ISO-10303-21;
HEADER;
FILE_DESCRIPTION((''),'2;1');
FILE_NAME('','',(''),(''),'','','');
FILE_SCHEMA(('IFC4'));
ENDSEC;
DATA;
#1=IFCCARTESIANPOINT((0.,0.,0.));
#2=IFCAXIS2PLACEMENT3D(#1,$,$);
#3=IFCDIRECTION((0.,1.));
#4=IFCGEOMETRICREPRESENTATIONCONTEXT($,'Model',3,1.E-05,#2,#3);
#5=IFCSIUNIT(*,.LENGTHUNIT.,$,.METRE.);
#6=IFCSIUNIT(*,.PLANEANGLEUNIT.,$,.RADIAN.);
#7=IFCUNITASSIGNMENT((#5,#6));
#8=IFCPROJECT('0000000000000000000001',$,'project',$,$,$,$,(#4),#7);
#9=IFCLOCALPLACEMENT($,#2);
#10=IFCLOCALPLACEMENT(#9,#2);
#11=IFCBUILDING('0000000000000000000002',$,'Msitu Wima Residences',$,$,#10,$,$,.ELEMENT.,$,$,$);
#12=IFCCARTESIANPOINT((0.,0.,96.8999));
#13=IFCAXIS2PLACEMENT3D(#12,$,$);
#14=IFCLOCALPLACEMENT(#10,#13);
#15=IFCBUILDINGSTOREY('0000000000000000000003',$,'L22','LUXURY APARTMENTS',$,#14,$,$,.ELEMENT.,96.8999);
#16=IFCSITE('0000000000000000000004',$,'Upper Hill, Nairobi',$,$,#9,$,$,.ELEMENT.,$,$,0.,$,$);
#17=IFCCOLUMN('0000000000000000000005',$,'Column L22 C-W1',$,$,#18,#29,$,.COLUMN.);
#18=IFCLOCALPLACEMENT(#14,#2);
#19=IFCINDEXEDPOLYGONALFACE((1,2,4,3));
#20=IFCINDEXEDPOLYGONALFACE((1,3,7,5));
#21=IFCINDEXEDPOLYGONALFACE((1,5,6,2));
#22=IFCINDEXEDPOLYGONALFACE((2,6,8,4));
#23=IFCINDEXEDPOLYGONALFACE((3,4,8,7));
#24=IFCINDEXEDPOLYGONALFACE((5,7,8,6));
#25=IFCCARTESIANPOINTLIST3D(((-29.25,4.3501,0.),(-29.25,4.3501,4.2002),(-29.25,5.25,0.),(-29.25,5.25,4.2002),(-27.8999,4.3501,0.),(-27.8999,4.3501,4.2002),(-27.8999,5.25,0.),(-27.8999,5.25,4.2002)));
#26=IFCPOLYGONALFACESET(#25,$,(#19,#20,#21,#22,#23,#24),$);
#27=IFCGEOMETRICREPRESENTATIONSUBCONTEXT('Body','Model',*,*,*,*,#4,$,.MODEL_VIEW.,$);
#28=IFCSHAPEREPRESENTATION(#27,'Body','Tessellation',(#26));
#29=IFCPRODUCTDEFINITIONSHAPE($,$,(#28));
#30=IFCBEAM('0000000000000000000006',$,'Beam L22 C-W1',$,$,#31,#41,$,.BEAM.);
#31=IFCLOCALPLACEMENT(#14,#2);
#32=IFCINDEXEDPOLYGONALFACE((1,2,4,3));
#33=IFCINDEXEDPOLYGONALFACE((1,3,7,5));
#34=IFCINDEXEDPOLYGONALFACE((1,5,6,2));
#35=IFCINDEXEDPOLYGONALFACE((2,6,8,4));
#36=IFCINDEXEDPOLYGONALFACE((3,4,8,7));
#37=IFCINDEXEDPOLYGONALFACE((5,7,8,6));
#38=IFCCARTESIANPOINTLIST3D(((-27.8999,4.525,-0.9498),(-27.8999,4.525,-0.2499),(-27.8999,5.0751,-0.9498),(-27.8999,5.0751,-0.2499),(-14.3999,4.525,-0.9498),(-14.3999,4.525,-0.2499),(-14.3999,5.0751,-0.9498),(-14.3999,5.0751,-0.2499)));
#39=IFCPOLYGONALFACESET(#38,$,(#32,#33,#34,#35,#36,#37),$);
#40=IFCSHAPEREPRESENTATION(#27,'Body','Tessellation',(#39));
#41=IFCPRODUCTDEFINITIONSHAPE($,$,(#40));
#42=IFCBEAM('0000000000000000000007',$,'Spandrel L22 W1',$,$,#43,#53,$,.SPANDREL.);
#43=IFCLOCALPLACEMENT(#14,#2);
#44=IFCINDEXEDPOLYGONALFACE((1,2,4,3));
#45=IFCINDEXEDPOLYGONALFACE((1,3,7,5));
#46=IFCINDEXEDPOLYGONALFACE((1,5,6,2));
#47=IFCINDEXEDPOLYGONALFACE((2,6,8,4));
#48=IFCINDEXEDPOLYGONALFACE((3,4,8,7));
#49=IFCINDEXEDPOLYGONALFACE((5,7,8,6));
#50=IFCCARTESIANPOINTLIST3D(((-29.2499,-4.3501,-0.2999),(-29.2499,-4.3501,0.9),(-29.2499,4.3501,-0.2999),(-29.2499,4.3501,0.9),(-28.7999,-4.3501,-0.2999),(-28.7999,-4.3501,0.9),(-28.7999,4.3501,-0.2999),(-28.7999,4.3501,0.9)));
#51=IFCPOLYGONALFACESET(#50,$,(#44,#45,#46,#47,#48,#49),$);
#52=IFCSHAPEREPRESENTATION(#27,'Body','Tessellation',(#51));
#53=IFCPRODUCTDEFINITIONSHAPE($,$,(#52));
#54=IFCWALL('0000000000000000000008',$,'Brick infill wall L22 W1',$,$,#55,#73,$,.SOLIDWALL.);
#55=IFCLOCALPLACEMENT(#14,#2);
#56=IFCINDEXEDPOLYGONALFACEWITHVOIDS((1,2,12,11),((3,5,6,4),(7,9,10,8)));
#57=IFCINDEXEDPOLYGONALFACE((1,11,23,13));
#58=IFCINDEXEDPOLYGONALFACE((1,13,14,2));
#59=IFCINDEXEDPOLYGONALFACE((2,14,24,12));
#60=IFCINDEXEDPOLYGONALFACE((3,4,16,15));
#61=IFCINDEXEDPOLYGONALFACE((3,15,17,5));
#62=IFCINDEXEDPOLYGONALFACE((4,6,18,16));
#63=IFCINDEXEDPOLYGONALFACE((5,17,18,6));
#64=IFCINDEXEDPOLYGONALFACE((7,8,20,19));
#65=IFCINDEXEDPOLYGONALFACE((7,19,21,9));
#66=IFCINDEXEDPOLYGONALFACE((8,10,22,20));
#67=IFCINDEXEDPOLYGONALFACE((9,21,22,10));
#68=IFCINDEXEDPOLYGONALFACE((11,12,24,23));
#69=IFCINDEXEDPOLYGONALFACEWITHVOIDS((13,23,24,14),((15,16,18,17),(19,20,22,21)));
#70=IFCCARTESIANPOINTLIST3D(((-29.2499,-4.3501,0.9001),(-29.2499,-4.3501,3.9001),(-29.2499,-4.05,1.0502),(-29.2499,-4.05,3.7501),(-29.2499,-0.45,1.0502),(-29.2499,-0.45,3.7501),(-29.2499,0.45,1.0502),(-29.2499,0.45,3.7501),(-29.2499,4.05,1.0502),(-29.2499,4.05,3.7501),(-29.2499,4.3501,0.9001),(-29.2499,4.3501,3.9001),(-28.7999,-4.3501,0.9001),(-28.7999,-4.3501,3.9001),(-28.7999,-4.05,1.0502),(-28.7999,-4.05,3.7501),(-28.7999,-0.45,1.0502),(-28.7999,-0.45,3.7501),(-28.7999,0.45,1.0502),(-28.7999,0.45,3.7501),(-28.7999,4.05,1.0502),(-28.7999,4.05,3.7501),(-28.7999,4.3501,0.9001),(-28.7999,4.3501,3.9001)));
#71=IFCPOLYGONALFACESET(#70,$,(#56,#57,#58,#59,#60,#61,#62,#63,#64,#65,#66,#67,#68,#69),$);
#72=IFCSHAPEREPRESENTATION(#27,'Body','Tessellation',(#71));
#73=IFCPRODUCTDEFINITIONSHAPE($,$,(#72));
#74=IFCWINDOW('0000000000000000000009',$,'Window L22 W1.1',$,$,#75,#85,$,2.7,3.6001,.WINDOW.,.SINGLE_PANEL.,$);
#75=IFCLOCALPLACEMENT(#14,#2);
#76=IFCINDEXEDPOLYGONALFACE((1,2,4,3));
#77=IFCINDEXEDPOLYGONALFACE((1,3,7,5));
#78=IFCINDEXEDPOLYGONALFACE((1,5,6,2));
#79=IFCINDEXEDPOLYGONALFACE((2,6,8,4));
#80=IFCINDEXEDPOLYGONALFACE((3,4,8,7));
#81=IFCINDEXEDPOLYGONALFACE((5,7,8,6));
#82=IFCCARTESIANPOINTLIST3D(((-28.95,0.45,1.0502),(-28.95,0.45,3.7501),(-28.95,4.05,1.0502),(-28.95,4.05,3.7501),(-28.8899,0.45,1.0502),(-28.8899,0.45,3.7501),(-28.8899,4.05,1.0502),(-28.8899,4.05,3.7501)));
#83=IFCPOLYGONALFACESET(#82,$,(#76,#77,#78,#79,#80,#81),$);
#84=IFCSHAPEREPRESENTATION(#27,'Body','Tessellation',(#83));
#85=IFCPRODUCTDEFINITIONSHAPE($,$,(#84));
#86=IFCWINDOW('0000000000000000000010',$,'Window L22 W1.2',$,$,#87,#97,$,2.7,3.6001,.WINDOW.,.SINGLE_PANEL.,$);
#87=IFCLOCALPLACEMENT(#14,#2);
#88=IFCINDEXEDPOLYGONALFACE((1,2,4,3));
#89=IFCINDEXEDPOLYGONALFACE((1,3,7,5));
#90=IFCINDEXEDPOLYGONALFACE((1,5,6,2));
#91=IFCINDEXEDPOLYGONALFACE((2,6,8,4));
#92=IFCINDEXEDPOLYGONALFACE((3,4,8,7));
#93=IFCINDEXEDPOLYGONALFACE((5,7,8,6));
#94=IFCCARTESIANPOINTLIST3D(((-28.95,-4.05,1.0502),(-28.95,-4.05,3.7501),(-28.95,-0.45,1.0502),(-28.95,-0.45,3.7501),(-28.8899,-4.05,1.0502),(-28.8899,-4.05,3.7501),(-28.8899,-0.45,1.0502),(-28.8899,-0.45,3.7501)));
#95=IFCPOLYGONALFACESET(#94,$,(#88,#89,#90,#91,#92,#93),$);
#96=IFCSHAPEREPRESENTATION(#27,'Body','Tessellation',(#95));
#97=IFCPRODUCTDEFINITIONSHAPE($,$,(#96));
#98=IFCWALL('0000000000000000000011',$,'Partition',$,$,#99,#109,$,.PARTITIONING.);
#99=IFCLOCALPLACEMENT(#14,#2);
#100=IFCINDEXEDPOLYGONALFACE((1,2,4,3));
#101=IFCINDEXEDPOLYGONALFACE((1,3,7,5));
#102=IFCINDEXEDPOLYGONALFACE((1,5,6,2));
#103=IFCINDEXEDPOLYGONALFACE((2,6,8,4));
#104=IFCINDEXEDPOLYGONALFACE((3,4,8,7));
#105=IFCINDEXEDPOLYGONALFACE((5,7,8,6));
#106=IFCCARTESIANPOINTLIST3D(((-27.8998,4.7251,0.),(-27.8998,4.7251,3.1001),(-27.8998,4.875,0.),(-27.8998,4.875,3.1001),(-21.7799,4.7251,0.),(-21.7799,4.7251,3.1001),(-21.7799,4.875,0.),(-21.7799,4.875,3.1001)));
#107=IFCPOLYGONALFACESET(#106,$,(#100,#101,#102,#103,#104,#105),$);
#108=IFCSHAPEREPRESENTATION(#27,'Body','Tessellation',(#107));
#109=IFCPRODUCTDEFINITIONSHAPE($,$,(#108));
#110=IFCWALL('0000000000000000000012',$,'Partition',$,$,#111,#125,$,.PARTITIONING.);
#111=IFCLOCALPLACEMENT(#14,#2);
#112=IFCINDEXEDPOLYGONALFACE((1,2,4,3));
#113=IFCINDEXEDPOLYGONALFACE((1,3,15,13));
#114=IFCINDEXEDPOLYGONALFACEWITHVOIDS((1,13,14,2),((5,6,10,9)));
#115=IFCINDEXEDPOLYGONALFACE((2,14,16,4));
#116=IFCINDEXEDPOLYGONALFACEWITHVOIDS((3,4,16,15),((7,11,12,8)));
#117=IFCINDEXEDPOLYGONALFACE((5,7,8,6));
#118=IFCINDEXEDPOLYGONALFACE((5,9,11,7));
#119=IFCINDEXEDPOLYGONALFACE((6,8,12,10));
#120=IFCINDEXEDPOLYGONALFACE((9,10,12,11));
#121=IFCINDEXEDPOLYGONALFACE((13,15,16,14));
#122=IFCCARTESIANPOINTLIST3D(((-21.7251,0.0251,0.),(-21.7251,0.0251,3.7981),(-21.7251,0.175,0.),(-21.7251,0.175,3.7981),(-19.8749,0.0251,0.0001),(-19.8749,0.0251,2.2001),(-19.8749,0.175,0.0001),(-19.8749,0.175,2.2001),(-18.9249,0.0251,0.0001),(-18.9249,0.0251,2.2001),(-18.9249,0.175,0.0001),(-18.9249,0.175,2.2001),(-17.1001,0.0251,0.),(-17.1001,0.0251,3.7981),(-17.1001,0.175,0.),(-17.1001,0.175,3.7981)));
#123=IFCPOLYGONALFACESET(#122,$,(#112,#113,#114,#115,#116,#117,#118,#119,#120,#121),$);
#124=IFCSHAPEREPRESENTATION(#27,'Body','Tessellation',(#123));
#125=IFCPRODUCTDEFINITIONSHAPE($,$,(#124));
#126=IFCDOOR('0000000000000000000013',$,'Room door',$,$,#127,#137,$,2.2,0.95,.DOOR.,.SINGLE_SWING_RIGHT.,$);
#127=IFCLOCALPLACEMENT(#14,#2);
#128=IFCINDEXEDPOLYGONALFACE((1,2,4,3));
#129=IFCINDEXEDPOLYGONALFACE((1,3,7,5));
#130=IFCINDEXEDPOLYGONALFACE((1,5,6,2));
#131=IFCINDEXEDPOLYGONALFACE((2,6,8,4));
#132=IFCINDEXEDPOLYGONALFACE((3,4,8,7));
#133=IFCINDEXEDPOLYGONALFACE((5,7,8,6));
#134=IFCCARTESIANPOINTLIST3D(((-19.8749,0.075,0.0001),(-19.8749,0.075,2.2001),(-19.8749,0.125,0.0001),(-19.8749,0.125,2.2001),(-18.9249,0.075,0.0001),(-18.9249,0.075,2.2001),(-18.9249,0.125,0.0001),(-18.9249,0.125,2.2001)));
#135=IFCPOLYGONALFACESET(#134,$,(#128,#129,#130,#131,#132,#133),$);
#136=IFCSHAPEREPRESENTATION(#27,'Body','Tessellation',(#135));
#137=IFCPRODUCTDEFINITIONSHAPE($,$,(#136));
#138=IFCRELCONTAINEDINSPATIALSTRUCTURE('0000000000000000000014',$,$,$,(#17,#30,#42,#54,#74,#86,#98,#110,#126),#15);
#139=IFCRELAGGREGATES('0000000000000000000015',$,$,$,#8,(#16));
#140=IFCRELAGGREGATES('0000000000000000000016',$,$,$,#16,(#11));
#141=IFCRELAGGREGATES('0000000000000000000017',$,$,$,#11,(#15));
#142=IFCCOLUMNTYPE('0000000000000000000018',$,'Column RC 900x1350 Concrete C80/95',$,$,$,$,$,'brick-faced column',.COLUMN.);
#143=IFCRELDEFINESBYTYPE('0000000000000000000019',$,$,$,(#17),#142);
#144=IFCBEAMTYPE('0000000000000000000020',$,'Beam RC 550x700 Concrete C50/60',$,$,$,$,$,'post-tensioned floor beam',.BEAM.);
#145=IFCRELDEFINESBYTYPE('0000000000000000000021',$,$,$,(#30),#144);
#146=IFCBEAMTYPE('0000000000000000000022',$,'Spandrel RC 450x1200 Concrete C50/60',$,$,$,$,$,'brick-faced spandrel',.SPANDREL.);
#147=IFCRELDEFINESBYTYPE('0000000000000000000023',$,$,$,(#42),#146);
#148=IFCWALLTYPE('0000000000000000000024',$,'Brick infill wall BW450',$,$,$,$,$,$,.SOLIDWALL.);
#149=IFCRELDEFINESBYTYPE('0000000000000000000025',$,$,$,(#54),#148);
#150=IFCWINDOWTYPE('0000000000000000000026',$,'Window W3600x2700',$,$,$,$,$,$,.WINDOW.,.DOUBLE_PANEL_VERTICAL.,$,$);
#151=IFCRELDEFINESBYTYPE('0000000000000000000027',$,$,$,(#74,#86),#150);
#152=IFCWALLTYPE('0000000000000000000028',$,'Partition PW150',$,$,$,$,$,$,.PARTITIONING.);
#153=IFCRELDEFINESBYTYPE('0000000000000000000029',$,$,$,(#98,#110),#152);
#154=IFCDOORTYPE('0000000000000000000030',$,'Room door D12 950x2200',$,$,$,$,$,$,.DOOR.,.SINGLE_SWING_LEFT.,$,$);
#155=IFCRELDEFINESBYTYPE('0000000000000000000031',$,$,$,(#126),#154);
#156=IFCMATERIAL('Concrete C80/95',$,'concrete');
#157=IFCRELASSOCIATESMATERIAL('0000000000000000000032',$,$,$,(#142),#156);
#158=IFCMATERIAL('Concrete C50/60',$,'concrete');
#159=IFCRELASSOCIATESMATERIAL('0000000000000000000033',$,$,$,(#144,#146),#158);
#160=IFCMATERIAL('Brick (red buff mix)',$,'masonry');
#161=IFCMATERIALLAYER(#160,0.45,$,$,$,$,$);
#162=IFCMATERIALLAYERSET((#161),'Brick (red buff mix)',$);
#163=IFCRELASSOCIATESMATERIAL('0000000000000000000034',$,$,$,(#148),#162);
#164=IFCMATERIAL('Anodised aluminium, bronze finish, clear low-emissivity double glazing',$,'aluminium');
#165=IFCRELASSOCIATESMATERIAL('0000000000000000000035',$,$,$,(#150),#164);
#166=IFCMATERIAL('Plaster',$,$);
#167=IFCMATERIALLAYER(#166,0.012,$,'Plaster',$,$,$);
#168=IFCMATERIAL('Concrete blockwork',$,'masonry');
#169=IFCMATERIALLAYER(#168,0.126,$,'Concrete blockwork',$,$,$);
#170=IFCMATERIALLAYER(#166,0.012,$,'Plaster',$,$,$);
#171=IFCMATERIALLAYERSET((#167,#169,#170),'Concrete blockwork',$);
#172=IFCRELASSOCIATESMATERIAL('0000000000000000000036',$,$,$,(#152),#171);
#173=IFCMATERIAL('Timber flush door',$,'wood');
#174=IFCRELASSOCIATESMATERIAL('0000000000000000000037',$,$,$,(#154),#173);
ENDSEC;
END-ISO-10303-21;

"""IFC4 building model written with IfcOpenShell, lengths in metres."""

from ifc_helpers import new_model, si_unit, direction, frame, frame_2d, origin, origin_2d, place, context, subcontext, project, spatial, rectangle, extrude, material, layer, layer_set, material_profile, profile_set, type_object, element, fill, save


model = new_model("IFC4")

# Units and contexts
model_context = context("Model", 3, precision=1e-05, world=origin(), true_north=direction((0.0, 1.0)))
body_context = subcontext(model_context, "Body", "Model", "MODEL_VIEW")
ifc_project = project(units=[si_unit("LENGTHUNIT", "METRE"), si_unit("PLANEANGLEUNIT", "RADIAN")], contexts=[model_context])

# Site, building, storey
site_placement = place(None, origin())
site = spatial("IfcSite", under=ifc_project, at=site_placement, Name="Upper Hill, Nairobi", CompositionType="ELEMENT", RefElevation=0.0)
building_placement = place(site_placement, origin())
building = spatial("IfcBuilding", under=site, at=building_placement, Name="Msitu Wima Residences", CompositionType="ELEMENT")
storey_placement = place(building_placement, frame((0.0, 0.0, 96.8999)))
storey = spatial("IfcBuildingStorey", under=building, at=storey_placement, Name="L22", Description="LUXURY APARTMENTS", CompositionType="ELEMENT", Elevation=96.8999)

# Column
ifc_material_1 = material(Name="Concrete C80/95", Category="concrete")
ifc_material_profile_1 = material_profile(ifc_material_1, rectangle(XDim=0.8999, YDim=1.3501, at=origin_2d()), Name="RC 900x1350")
ifc_profile_set_1 = profile_set([ifc_material_profile_1], Name="Concrete C80/95")
column_type = type_object("IfcColumnType", Name="Column RC 900x1350 Concrete C80/95", ElementType="brick-faced column", PredefinedType="COLUMN", material=ifc_profile_set_1)
column_placement = place(storey_placement, frame((-28.575, 4.8, 0.0), z_axis=(0.0, 0.0, 1.0), x_axis=(0.0, -1.0, 0.0)))
element("IfcColumn", 1, at=column_placement, inside=storey, type_object=column_type, Name="Column L22 C-W1", PredefinedType="COLUMN", context=body_context, shape_type="SweptSolid", body=[
    extrude(rectangle(XDim=0.8999, YDim=1.3501, at=origin_2d()), origin(), (0.0, 0.0, 1.0), 4.2002),
])

# Beams
ifc_material_2 = material(Name="Concrete C50/60", Category="concrete")
ifc_material_profile_2 = material_profile(ifc_material_2, rectangle(XDim=0.55, YDim=0.7, at=origin_2d()), Name="RC 550x700")
ifc_profile_set_2 = profile_set([ifc_material_profile_2], Name="Concrete C50/60")
beam_type_1 = type_object("IfcBeamType", Name="Beam RC 550x700 Concrete C50/60", ElementType="post-tensioned floor beam", PredefinedType="BEAM", material=ifc_profile_set_2)
beam_1_placement = place(storey_placement, frame((-27.8999, 4.8, -0.5999), z_axis=(1.0, 0.0, 0.0), x_axis=(0.0, 1.0, 0.0)))
element("IfcBeam", 2, at=beam_1_placement, inside=storey, type_object=beam_type_1, Name="Beam L22 C-W1", PredefinedType="BEAM", context=body_context, shape_type="SweptSolid", body=[
    extrude(rectangle(XDim=0.55, YDim=0.7, at=origin_2d()), origin(), (0.0, 0.0, 1.0), 13.5),
])
ifc_material_profile_3 = material_profile(ifc_material_2, rectangle(XDim=0.45, YDim=1.2, at=origin_2d()), Name="RC 450x1200")
ifc_profile_set_3 = profile_set([ifc_material_profile_3], Name="Concrete C50/60")
beam_type_2 = type_object("IfcBeamType", Name="Spandrel RC 450x1200 Concrete C50/60", ElementType="brick-faced spandrel", PredefinedType="SPANDREL", material=ifc_profile_set_3)
beam_2_placement = place(storey_placement, frame((-29.0249, 4.3501, 0.3), z_axis=(0.0, -1.0, 0.0), x_axis=(1.0, 0.0, 0.0)))
element("IfcBeam", 3, at=beam_2_placement, inside=storey, type_object=beam_type_2, Name="Spandrel L22 W1", PredefinedType="SPANDREL", context=body_context, shape_type="SweptSolid", body=[
    extrude(rectangle(XDim=0.45, YDim=1.2, at=origin_2d()), origin(), (0.0, 0.0, 1.0), 8.7002),
])

# Wall, openings, windows
ifc_material_3 = material(Name="Brick (red buff mix)", Category="masonry")
ifc_layer_1 = layer(ifc_material_3, 0.45)
ifc_layer_set_1 = layer_set([ifc_layer_1], Name="Brick (red buff mix)")
wall_type_1 = type_object("IfcWallType", Name="Brick infill wall BW450", PredefinedType="SOLIDWALL", material=ifc_layer_set_1)
wall_1_placement = place(storey_placement, frame((-29.0249, 4.3501, 0.9001), z_axis=(0.0, 0.0, 1.0), x_axis=(0.0, -1.0, 0.0)))
wall_1 = element("IfcWall", 4, at=wall_1_placement, inside=storey, type_object=wall_type_1, Name="Brick infill wall L22 W1", PredefinedType="SOLIDWALL", context=body_context, shape_type="SweptSolid", body=[
    extrude(rectangle(XDim=8.7002, YDim=0.45, at=frame_2d((4.3501, 0.0))), origin(), (0.0, 0.0, 1.0), 3.0),
])
opening_1_placement = place(wall_1_placement, frame((0.3, 0.0, 0.1499)))
opening_1 = element("IfcOpeningElement", 5, at=opening_1_placement, cuts=wall_1, PredefinedType="OPENING", context=body_context, shape_type="SweptSolid", body=[
    extrude(rectangle(XDim=3.6001, YDim=2.7, at=frame_2d((1.8, 1.3501))), frame((0.0, 0.2349, 0.0), z_axis=(0.0, -1.0, 0.0), x_axis=(1.0, 0.0, 0.0)), (0.0, 0.0, 1.0), 0.47),
])
opening_2_placement = place(wall_1_placement, frame((4.8, 0.0, 0.1499)))
opening_2 = element("IfcOpeningElement", 6, at=opening_2_placement, cuts=wall_1, PredefinedType="OPENING", context=body_context, shape_type="SweptSolid", body=[
    extrude(rectangle(XDim=3.6001, YDim=2.7, at=frame_2d((1.8, 1.3501))), frame((0.0, 0.2349, 0.0), z_axis=(0.0, -1.0, 0.0), x_axis=(1.0, 0.0, 0.0)), (0.0, 0.0, 1.0), 0.47),
])
ifc_material_4 = material(Name="Anodised aluminium, bronze finish, clear low-emissivity double glazing", Category="aluminium")
window_type = type_object("IfcWindowType", Name="Window W3600x2700", PartitioningType="DOUBLE_PANEL_VERTICAL", PredefinedType="WINDOW", material=ifc_material_4)
window_1_placement = place(opening_1_placement, origin())
window_1 = element("IfcWindow", 7, at=window_1_placement, inside=storey, type_object=window_type, Name="Window L22 W1.1", OverallHeight=2.7, OverallWidth=3.6001, PartitioningType="SINGLE_PANEL", PredefinedType="WINDOW", context=body_context, shape_type="SweptSolid", body=[
    extrude(rectangle(XDim=3.6001, YDim=2.7, at=frame_2d((1.8, 1.3501))), frame((0.0, 0.135, 0.0), z_axis=(0.0, -1.0, 0.0), x_axis=(1.0, 0.0, 0.0)), (0.0, 0.0, 1.0), 0.0601),
])
fill(opening_1, window_1)
window_2_placement = place(opening_2_placement, origin())
window_2 = element("IfcWindow", 8, at=window_2_placement, inside=storey, type_object=window_type, Name="Window L22 W1.2", OverallHeight=2.7, OverallWidth=3.6001, PartitioningType="SINGLE_PANEL", PredefinedType="WINDOW", context=body_context, shape_type="SweptSolid", body=[
    extrude(rectangle(XDim=3.6001, YDim=2.7, at=frame_2d((1.8, 1.3501))), frame((0.0, 0.135, 0.0), z_axis=(0.0, -1.0, 0.0), x_axis=(1.0, 0.0, 0.0)), (0.0, 0.0, 1.0), 0.0601),
])
fill(opening_2, window_2)

# Wall
ifc_material_5 = material(Name="Plaster")
ifc_layer_2 = layer(ifc_material_5, 0.012, Name="Plaster")
ifc_material_6 = material(Name="Concrete blockwork", Category="masonry")
ifc_layer_3 = layer(ifc_material_6, 0.126, Name="Concrete blockwork")
ifc_layer_4 = layer(ifc_material_5, 0.012, Name="Plaster")
ifc_layer_set_2 = layer_set([ifc_layer_2, ifc_layer_3, ifc_layer_4], Name="Concrete blockwork")
wall_type_2 = type_object("IfcWallType", Name="Partition PW150", PredefinedType="PARTITIONING", material=ifc_layer_set_2)
wall_2_placement = place(storey_placement, frame((-27.8999, 4.8, 0.0), z_axis=(0.0, 0.0, 1.0), x_axis=(1.0, 0.0, 0.0)))
element("IfcWall", 9, at=wall_2_placement, inside=storey, type_object=wall_type_2, Name="Partition", PredefinedType="PARTITIONING", context=body_context, shape_type="SweptSolid", body=[
    extrude(rectangle(XDim=6.1199, YDim=0.1499, at=frame_2d((3.0601, 0.0))), origin(), (0.0, 0.0, 1.0), 3.1001),
])

# Wall, opening, door
wall_3_placement = place(storey_placement, frame((-21.7251, 0.1001, 0.0), z_axis=(0.0, 0.0, 1.0), x_axis=(1.0, 0.0, 0.0)))
wall_3 = element("IfcWall", 10, at=wall_3_placement, inside=storey, type_object=wall_type_2, Name="Partition", PredefinedType="PARTITIONING", context=body_context, shape_type="SweptSolid", body=[
    extrude(rectangle(XDim=4.625, YDim=0.1499, at=frame_2d((2.3125, 0.0))), origin(), (0.0, 0.0, 1.0), 3.7981),
])
opening_3_placement = place(wall_3_placement, frame((1.8501, 0.0, 0.0)))
opening_3 = element("IfcOpeningElement", 11, at=opening_3_placement, cuts=wall_3, PredefinedType="OPENING", context=body_context, shape_type="SweptSolid", body=[
    extrude(rectangle(XDim=0.95, YDim=2.2, at=frame_2d((0.4751, 1.1001))), frame((0.0, 0.085, 0.0), z_axis=(0.0, -1.0, 0.0), x_axis=(1.0, 0.0, 0.0)), (0.0, 0.0, 1.0), 0.1699),
])
ifc_material_7 = material(Name="Timber flush door", Category="wood")
door_type_1 = type_object("IfcDoorType", Name="Room door D12 950x2200", OperationType="SINGLE_SWING_LEFT", PredefinedType="DOOR", material=ifc_material_7)
door_1_placement = place(opening_3_placement, origin())
door_1 = element("IfcDoor", 12, at=door_1_placement, inside=storey, type_object=door_type_1, Name="Room door", OperationType="SINGLE_SWING_RIGHT", OverallHeight=2.2, OverallWidth=0.95, PredefinedType="DOOR", context=body_context, shape_type="SweptSolid", body=[
    extrude(rectangle(XDim=0.95, YDim=2.2, at=frame_2d((0.4751, 1.1001))), frame((0.0, 0.0249, 0.0), z_axis=(0.0, -1.0, 0.0), x_axis=(1.0, 0.0, 0.0)), (0.0, 0.0, 1.0), 0.05),
])
fill(opening_3, door_1)

save(model, "model.ifc")
